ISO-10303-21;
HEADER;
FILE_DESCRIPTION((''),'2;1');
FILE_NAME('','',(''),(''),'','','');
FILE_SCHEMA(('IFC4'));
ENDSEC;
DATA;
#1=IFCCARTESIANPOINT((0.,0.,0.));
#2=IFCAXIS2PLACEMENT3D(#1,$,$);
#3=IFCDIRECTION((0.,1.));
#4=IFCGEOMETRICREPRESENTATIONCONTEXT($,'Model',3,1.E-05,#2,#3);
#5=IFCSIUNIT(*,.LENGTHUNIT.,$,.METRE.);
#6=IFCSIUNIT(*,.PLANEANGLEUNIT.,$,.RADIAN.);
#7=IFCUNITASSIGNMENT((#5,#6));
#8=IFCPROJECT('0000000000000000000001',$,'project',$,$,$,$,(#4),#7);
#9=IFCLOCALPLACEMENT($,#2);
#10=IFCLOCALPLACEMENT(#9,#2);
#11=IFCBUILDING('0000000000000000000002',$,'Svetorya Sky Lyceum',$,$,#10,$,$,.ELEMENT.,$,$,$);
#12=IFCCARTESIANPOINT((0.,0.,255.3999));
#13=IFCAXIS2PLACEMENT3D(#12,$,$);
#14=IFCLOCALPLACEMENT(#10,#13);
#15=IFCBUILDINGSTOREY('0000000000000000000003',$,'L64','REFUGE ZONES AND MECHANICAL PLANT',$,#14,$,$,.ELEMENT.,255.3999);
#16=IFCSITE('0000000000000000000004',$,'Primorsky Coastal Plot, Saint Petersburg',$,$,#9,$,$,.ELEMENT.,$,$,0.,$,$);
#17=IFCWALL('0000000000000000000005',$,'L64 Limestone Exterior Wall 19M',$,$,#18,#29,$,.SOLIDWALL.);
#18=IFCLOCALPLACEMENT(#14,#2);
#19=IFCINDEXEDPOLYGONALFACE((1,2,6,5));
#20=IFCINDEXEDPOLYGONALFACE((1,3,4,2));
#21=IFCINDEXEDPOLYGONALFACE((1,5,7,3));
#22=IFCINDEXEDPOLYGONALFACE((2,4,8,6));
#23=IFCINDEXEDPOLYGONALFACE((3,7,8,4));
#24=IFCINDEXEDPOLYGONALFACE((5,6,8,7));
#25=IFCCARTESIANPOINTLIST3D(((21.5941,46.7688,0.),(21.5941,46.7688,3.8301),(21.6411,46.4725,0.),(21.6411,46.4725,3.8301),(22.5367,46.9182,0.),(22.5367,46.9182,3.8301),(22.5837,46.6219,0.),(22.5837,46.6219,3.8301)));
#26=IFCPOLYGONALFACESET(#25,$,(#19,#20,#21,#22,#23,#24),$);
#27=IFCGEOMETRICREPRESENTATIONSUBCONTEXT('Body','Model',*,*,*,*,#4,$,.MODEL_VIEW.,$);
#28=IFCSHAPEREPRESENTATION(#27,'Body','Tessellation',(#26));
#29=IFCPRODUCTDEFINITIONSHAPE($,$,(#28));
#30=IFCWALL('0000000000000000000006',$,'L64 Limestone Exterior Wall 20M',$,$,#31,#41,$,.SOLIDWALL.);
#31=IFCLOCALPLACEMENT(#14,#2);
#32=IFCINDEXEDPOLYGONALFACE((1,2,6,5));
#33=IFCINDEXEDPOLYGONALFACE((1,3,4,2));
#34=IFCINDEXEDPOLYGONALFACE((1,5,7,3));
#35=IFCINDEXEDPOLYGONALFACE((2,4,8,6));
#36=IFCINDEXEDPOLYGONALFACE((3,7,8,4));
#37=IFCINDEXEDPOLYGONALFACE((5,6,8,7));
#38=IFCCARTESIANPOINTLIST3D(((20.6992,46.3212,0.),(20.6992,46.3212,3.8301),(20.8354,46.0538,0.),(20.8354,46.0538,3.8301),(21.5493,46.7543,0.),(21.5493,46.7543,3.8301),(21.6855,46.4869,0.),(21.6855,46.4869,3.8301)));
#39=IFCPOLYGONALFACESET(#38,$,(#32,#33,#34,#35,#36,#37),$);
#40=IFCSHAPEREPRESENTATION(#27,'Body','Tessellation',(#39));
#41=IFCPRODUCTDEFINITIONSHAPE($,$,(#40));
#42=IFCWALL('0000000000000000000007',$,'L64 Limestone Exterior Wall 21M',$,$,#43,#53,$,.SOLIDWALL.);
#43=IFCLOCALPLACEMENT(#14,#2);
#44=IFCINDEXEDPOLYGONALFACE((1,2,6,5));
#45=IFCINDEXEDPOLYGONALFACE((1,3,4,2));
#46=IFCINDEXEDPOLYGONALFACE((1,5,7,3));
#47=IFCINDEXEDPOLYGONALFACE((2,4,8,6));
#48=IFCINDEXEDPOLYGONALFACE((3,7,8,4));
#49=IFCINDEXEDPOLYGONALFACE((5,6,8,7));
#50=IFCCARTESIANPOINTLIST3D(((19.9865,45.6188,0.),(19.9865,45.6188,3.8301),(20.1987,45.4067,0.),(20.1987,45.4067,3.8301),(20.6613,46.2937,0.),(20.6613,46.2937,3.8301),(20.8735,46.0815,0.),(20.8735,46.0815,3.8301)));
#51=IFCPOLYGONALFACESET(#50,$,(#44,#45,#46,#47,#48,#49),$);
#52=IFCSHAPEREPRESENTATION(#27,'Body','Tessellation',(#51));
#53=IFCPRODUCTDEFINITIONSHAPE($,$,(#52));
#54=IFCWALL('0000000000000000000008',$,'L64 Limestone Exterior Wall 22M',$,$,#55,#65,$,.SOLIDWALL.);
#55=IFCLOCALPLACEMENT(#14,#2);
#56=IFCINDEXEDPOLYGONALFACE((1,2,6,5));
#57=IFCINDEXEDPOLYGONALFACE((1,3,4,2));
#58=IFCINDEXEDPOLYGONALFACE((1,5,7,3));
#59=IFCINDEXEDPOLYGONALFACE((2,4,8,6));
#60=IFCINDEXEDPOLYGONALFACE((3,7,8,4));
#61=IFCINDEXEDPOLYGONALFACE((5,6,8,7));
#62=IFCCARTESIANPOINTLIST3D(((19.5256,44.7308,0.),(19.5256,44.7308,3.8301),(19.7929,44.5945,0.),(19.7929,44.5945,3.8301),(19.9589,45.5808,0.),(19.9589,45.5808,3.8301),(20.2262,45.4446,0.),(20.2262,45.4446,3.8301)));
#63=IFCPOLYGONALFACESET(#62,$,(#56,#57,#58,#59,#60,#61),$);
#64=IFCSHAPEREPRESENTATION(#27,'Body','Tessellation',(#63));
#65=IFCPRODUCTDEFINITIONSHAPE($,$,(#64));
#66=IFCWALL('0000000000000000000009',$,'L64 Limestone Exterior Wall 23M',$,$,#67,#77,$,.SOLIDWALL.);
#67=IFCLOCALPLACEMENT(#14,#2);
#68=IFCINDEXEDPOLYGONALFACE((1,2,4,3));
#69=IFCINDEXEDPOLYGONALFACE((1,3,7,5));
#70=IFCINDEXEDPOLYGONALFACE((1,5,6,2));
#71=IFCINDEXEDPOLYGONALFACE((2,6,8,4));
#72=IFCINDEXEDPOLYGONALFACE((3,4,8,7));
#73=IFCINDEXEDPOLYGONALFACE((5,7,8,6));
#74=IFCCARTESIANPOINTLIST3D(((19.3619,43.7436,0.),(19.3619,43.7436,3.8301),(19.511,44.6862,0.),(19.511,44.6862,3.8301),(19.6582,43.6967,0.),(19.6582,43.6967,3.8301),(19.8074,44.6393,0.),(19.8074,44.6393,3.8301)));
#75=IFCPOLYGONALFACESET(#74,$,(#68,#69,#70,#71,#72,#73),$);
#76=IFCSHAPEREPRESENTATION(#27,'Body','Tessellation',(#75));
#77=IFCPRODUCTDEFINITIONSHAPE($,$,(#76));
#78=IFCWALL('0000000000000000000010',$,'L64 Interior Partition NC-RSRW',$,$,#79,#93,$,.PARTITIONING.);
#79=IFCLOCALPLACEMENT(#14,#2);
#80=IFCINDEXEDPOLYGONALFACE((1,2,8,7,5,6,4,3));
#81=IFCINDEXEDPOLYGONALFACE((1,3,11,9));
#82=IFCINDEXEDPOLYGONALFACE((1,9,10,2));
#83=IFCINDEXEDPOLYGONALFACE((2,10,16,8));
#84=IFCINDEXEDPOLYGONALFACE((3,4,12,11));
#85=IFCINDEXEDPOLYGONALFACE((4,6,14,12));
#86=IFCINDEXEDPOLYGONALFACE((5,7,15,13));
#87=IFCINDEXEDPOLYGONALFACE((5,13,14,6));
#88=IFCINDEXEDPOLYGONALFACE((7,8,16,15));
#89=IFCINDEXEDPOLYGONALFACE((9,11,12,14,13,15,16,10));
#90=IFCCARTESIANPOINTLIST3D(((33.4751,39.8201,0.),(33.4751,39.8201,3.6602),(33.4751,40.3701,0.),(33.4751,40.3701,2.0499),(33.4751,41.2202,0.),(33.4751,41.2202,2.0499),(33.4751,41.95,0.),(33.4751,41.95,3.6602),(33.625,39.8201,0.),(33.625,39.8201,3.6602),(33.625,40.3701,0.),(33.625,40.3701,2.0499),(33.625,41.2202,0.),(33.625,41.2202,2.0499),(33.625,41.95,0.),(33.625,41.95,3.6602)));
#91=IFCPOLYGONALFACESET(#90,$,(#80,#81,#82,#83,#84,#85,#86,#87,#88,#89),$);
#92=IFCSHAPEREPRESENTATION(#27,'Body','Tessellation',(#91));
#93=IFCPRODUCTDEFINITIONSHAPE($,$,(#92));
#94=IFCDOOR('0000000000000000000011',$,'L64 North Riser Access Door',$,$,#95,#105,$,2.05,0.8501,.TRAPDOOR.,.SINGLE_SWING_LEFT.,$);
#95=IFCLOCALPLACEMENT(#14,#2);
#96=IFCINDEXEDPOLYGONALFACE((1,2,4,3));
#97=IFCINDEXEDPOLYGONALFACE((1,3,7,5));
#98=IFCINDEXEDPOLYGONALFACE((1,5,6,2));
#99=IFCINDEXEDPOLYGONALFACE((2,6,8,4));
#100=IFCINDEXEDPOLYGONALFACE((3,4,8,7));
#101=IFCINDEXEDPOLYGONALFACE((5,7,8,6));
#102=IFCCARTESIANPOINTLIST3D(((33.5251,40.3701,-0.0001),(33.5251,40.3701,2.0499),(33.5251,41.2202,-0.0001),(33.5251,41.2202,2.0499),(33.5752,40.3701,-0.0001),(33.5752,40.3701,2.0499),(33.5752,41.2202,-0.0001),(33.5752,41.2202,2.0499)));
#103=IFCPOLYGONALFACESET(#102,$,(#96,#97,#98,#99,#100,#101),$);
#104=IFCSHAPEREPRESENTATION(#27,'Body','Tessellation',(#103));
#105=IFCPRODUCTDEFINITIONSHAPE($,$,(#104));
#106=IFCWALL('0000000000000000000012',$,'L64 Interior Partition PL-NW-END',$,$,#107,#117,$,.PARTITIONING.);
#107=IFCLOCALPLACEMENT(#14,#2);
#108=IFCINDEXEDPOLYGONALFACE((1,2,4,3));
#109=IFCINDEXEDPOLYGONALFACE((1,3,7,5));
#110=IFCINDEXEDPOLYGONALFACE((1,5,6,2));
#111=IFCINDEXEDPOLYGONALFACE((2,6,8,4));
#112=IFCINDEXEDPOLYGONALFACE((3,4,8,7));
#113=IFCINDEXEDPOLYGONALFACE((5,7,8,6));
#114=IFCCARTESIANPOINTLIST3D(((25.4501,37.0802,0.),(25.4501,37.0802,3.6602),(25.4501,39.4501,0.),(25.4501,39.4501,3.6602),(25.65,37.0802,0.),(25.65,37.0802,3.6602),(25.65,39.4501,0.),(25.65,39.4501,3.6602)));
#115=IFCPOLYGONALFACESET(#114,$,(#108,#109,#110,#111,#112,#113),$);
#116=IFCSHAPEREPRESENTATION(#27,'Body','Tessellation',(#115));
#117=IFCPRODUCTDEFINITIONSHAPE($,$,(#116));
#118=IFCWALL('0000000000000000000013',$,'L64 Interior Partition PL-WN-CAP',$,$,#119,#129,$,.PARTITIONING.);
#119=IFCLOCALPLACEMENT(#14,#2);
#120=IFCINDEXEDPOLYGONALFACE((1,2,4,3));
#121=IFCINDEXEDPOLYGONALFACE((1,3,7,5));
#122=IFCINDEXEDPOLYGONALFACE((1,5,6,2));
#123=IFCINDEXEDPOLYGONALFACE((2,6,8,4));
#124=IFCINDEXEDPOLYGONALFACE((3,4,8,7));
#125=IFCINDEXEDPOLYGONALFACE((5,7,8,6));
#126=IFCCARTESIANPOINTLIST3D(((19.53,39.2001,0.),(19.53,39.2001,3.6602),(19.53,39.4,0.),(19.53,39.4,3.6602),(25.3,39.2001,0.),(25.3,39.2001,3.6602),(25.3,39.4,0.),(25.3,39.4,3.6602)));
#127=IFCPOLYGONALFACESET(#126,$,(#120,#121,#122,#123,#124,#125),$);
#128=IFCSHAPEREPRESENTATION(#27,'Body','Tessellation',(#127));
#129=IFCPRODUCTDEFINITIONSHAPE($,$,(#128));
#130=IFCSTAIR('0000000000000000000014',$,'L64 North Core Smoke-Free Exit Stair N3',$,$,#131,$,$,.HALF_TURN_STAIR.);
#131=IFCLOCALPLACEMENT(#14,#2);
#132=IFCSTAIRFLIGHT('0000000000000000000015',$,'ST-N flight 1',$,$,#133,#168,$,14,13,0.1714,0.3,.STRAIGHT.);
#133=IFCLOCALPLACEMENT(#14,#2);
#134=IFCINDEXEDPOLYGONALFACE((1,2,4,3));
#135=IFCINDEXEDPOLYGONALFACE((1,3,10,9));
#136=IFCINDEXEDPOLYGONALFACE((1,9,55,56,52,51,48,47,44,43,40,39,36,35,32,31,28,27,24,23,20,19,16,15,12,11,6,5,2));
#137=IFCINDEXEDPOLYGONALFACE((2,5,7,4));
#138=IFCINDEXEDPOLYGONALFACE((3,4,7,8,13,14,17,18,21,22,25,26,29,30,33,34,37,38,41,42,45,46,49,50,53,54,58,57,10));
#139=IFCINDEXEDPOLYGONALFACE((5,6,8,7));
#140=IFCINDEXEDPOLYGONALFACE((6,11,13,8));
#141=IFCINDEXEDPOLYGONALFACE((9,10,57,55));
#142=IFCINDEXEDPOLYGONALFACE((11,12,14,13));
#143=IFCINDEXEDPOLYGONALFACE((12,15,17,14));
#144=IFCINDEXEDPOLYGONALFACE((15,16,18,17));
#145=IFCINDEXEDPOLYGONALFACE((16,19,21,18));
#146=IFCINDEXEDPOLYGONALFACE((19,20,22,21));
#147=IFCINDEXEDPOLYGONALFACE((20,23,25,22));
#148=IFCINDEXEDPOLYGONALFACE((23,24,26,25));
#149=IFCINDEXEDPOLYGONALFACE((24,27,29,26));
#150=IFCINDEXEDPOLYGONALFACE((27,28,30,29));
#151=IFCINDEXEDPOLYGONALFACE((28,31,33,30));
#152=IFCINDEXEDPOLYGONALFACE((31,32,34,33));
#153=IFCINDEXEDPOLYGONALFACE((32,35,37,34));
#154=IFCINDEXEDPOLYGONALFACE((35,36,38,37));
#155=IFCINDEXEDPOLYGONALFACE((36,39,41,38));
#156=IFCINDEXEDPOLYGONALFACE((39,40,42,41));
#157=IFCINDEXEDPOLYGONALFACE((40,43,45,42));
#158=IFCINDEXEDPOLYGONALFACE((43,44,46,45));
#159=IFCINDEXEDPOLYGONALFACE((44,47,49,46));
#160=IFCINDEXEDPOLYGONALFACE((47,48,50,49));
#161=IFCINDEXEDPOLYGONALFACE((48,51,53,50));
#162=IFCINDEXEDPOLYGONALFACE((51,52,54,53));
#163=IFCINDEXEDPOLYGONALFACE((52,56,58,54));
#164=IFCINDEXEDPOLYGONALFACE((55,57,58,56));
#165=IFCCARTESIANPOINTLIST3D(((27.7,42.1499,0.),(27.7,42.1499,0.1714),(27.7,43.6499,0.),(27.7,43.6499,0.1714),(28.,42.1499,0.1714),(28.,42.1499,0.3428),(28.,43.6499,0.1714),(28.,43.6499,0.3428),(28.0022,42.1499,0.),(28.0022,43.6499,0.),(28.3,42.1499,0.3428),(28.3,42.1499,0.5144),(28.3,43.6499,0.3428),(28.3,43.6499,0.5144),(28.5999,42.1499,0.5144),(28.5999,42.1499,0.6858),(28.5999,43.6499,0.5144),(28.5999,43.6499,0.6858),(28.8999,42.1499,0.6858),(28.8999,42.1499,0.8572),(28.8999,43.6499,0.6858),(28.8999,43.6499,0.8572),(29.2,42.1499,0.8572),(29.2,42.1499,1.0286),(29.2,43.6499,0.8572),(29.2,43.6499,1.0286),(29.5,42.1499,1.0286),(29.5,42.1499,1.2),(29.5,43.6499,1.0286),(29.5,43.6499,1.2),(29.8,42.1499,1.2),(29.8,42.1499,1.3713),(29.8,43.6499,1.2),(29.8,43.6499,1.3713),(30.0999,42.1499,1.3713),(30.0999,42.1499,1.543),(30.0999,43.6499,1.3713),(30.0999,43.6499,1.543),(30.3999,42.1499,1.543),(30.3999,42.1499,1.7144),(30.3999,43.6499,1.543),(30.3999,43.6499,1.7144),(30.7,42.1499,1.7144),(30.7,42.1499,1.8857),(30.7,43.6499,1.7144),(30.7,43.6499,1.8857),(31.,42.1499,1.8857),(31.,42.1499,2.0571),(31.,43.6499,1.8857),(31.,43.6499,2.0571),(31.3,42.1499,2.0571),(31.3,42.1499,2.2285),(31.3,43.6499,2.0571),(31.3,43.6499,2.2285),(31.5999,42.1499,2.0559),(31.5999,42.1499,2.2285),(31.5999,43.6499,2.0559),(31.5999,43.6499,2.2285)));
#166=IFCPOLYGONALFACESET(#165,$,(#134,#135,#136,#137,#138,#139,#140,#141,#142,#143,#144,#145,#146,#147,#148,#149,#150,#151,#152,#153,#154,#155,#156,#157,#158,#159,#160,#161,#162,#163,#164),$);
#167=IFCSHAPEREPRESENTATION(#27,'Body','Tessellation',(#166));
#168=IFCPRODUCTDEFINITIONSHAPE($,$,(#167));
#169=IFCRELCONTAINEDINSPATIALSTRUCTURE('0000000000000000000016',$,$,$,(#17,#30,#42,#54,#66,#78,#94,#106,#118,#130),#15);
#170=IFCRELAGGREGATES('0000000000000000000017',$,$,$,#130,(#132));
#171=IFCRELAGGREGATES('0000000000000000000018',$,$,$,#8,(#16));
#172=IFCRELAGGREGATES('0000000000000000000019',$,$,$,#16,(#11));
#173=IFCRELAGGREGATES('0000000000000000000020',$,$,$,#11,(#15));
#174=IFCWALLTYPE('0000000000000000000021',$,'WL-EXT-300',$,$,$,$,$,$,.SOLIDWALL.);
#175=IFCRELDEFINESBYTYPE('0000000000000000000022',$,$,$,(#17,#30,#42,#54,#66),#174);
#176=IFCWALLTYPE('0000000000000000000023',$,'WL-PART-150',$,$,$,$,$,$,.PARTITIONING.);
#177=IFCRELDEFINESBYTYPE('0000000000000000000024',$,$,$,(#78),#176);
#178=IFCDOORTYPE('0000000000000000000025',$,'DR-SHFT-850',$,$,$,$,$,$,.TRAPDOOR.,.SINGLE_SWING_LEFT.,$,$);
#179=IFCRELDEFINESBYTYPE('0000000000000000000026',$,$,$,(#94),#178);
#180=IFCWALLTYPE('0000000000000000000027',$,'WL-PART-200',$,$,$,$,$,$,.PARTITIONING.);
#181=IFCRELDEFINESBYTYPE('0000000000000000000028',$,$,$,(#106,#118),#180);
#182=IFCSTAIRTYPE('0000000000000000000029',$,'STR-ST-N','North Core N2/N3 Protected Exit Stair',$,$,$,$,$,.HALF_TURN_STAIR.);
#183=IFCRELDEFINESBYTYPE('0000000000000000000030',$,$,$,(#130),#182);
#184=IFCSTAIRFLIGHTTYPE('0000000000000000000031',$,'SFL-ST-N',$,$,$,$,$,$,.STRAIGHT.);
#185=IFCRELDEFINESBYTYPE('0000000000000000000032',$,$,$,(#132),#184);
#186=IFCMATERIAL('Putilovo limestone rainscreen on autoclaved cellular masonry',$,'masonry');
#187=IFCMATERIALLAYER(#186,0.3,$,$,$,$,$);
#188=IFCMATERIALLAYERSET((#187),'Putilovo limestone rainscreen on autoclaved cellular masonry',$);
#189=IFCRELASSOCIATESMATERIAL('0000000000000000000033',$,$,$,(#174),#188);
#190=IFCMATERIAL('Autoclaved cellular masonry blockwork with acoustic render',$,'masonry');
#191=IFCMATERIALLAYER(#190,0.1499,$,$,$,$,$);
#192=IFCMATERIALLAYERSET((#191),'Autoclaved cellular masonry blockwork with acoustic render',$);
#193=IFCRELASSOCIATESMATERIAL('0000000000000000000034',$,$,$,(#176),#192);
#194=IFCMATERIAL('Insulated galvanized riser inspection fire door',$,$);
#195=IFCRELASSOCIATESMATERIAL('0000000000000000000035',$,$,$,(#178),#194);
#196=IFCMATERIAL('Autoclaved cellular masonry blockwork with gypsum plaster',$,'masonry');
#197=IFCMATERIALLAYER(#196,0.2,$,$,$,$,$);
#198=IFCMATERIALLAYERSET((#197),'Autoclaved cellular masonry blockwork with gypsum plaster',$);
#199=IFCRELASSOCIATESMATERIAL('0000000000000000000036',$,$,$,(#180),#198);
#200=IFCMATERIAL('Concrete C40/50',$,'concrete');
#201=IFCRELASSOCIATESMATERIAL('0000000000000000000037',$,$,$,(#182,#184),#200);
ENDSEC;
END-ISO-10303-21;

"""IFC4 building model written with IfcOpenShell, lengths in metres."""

from ifc_helpers import new_model, si_unit, direction, frame, frame_2d, origin, place, context, subcontext, project, spatial, polyline, rectangle, outline, extrude, material, layer, layer_set, type_object, element, fill, aggregate, save


model = new_model("IFC4")

# Units and contexts
model_context = context("Model", 3, precision=1e-05, world=origin(), true_north=direction((0.0, 1.0)))
body_context = subcontext(model_context, "Body", "Model", "MODEL_VIEW")
ifc_project = project(units=[si_unit("LENGTHUNIT", "METRE"), si_unit("PLANEANGLEUNIT", "RADIAN")], contexts=[model_context])

# Site, building, storey
site_placement = place(None, origin())
site = spatial("IfcSite", under=ifc_project, at=site_placement, Name="Primorsky Coastal Plot, Saint Petersburg", CompositionType="ELEMENT", RefElevation=0.0)
building_placement = place(site_placement, origin())
building = spatial("IfcBuilding", under=site, at=building_placement, Name="Svetorya Sky Lyceum", CompositionType="ELEMENT")
storey_placement = place(building_placement, frame((0.0, 0.0, 255.3999)))
storey = spatial("IfcBuildingStorey", under=building, at=storey_placement, Name="L64", Description="REFUGE ZONES AND MECHANICAL PLANT", CompositionType="ELEMENT", Elevation=255.3999)

# Shared definitions
ifc_material_1 = material(Name="Concrete C40/50", Category="concrete")

# Walls
ifc_material_2 = material(Name="Putilovo limestone rainscreen on autoclaved cellular masonry", Category="masonry")
ifc_layer_1 = layer(ifc_material_2, 0.3)
ifc_layer_set_1 = layer_set([ifc_layer_1], Name="Putilovo limestone rainscreen on autoclaved cellular masonry")
wall_type_1 = type_object("IfcWallType", Name="WL-EXT-300", PredefinedType="SOLIDWALL", material=ifc_layer_set_1)
wall_1_placement = place(storey_placement, frame((22.5601, 46.77, 0.0), z_axis=(0.0, 0.0, 1.0), x_axis=(-0.987669, -0.156554, 0.0)))
element("IfcWall", 1, at=wall_1_placement, inside=storey, type_object=wall_type_1, Name="L64 Limestone Exterior Wall 19M", PredefinedType="SOLIDWALL", context=body_context, shape_type="SweptSolid", body=[
    extrude(rectangle(XDim=0.9543, YDim=0.3, at=frame_2d((0.4771, 0.0))), origin(), (0.0, 0.0, 1.0), 3.8301),
])
wall_2_placement = place(storey_placement, frame((21.6174, 46.6206, 0.0), z_axis=(0.0, 0.0, 1.0), x_axis=(-0.891024, -0.453956, 0.0)))
element("IfcWall", 2, at=wall_2_placement, inside=storey, type_object=wall_type_1, Name="L64 Limestone Exterior Wall 20M", PredefinedType="SOLIDWALL", context=body_context, shape_type="SweptSolid", body=[
    extrude(rectangle(XDim=0.9541, YDim=0.3, at=frame_2d((0.4771, 0.0))), origin(), (0.0, 0.0, 1.0), 3.8301),
])
wall_3_placement = place(storey_placement, frame((20.7673, 46.1875, 0.0), z_axis=(0.0, 0.0, 1.0), x_axis=(-0.707107, -0.707107, 0.0)))
element("IfcWall", 3, at=wall_3_placement, inside=storey, type_object=wall_type_1, Name="L64 Limestone Exterior Wall 21M", PredefinedType="SOLIDWALL", context=body_context, shape_type="SweptSolid", body=[
    extrude(rectangle(XDim=0.9543, YDim=0.3, at=frame_2d((0.4771, 0.0))), origin(), (0.0, 0.0, 1.0), 3.8301),
])
wall_4_placement = place(storey_placement, frame((20.0925, 45.5127, 0.0), z_axis=(0.0, 0.0, 1.0), x_axis=(-0.45416, -0.89092, 0.0)))
element("IfcWall", 4, at=wall_4_placement, inside=storey, type_object=wall_type_1, Name="L64 Limestone Exterior Wall 22M", PredefinedType="SOLIDWALL", context=body_context, shape_type="SweptSolid", body=[
    extrude(rectangle(XDim=0.9541, YDim=0.3, at=frame_2d((0.4771, 0.0))), origin(), (0.0, 0.0, 1.0), 3.8301),
])
wall_5_placement = place(storey_placement, frame((19.6592, 44.6626, 0.0), z_axis=(0.0, 0.0, 1.0), x_axis=(-0.156304, -0.987709, 0.0)))
element("IfcWall", 5, at=wall_5_placement, inside=storey, type_object=wall_type_1, Name="L64 Limestone Exterior Wall 23M", PredefinedType="SOLIDWALL", context=body_context, shape_type="SweptSolid", body=[
    extrude(rectangle(XDim=0.9543, YDim=0.3, at=frame_2d((0.4771, 0.0))), origin(), (0.0, 0.0, 1.0), 3.8301),
])

# Wall, opening, door
ifc_material_3 = material(Name="Autoclaved cellular masonry blockwork with acoustic render", Category="masonry")
ifc_layer_2 = layer(ifc_material_3, 0.1499)
ifc_layer_set_2 = layer_set([ifc_layer_2], Name="Autoclaved cellular masonry blockwork with acoustic render")
wall_type_2 = type_object("IfcWallType", Name="WL-PART-150", PredefinedType="PARTITIONING", material=ifc_layer_set_2)
wall_6_placement = place(storey_placement, frame((33.55, 39.8201, 0.0), z_axis=(0.0, 0.0, 1.0), x_axis=(0.0, 1.0, 0.0)))
wall_6 = element("IfcWall", 6, at=wall_6_placement, inside=storey, type_object=wall_type_2, Name="L64 Interior Partition NC-RSRW", PredefinedType="PARTITIONING", context=body_context, shape_type="SweptSolid", body=[
    extrude(rectangle(XDim=2.1299, YDim=0.1499, at=frame_2d((1.0649, 0.0))), origin(), (0.0, 0.0, 1.0), 3.6602),
])
opening_placement = place(wall_6_placement, frame((0.55, 0.0, 0.0)))
opening = element("IfcOpeningElement", 7, at=opening_placement, cuts=wall_6, PredefinedType="OPENING", context=body_context, shape_type="SweptSolid", body=[
    extrude(rectangle(XDim=0.8501, YDim=2.05, at=frame_2d((0.425, 1.0249))), frame((0.0, 0.085, 0.0), z_axis=(0.0, -1.0, 0.0), x_axis=(1.0, 0.0, 0.0)), (0.0, 0.0, 1.0), 0.1699),
])
ifc_material_4 = material(Name="Insulated galvanized riser inspection fire door")
door_type = type_object("IfcDoorType", Name="DR-SHFT-850", OperationType="SINGLE_SWING_LEFT", PredefinedType="TRAPDOOR", material=ifc_material_4)
door_placement = place(opening_placement, origin())
door = element("IfcDoor", 8, at=door_placement, inside=storey, type_object=door_type, Name="L64 North Riser Access Door", OperationType="SINGLE_SWING_LEFT", OverallHeight=2.05, OverallWidth=0.8501, PredefinedType="TRAPDOOR", context=body_context, shape_type="SweptSolid", body=[
    extrude(rectangle(XDim=0.8501, YDim=2.05, at=frame_2d((0.425, 1.0249))), frame((0.0, 0.0249, 0.0), z_axis=(0.0, -1.0, 0.0), x_axis=(1.0, 0.0, 0.0)), (0.0, 0.0, 1.0), 0.05),
])
fill(opening, door)

# Walls
ifc_material_5 = material(Name="Autoclaved cellular masonry blockwork with gypsum plaster", Category="masonry")
ifc_layer_3 = layer(ifc_material_5, 0.2)
ifc_layer_set_3 = layer_set([ifc_layer_3], Name="Autoclaved cellular masonry blockwork with gypsum plaster")
wall_type_3 = type_object("IfcWallType", Name="WL-PART-200", PredefinedType="PARTITIONING", material=ifc_layer_set_3)
wall_7_placement = place(storey_placement, frame((25.55, 37.0801, 0.0), z_axis=(0.0, 0.0, 1.0), x_axis=(0.0, 1.0, 0.0)))
element("IfcWall", 9, at=wall_7_placement, inside=storey, type_object=wall_type_3, Name="L64 Interior Partition PL-NW-END", PredefinedType="PARTITIONING", context=body_context, shape_type="SweptSolid", body=[
    extrude(rectangle(XDim=2.3699, YDim=0.2, at=frame_2d((1.1851, 0.0))), origin(), (0.0, 0.0, 1.0), 3.6602),
])
wall_8_placement = place(storey_placement, frame((19.53, 39.3, 0.0), z_axis=(0.0, 0.0, 1.0), x_axis=(1.0, 0.0, 0.0)))
element("IfcWall", 10, at=wall_8_placement, inside=storey, type_object=wall_type_3, Name="L64 Interior Partition PL-WN-CAP", PredefinedType="PARTITIONING", context=body_context, shape_type="SweptSolid", body=[
    extrude(rectangle(XDim=5.77, YDim=0.2, at=frame_2d((2.885, 0.0))), origin(), (0.0, 0.0, 1.0), 3.6602),
])

# Stair, stair flight
stair_type = type_object("IfcStairType", Name="STR-ST-N", Description="North Core N2/N3 Protected Exit Stair", PredefinedType="HALF_TURN_STAIR", material=ifc_material_1)
stair_placement = place(storey_placement, origin())
stair = element("IfcStair", 11, at=stair_placement, inside=storey, type_object=stair_type, Name="L64 North Core Smoke-Free Exit Stair N3", PredefinedType="HALF_TURN_STAIR")
stair_flight_type = type_object("IfcStairFlightType", Name="SFL-ST-N", PredefinedType="STRAIGHT", material=ifc_material_1)
stair_flight_1_placement = place(storey_placement, frame((27.7, 42.8999, 0.0), z_axis=(0.0, 0.0, 1.0), x_axis=(1.0, 0.0, 0.0)))
stair_flight_1 = element("IfcStairFlight", 12, at=stair_flight_1_placement, type_object=stair_flight_type, Name="ST-N flight 1", NumberOfRisers=14, NumberOfTreads=13, PredefinedType="STRAIGHT", RiserHeight=0.1714, TreadLength=0.3, context=body_context, shape_type="SweptSolid", body=[
    extrude(outline(polyline([(0.0, 0.0), (0.0, 0.1714), (0.3, 0.1714), (0.3, 0.3428), (0.6001, 0.3428), (0.6001, 0.5144), (0.8999, 0.5144), (0.8999, 0.6858), (1.2, 0.6858), (1.2, 0.8572), (1.5, 0.8572), (1.5, 1.0286), (1.8, 1.0286), (1.8, 1.2), (2.1001, 1.2), (2.1001, 1.3713), (2.3999, 1.3713), (2.3999, 1.543), (2.7, 1.543), (2.7, 1.7144), (3.0, 1.7144), (3.0, 1.8857), (3.3, 1.8857), (3.3, 2.0571), (3.6001, 2.0571), (3.6001, 2.2285), (3.8999, 2.2285), (3.8999, 2.3999), (3.8999, 2.0559), (0.3022, 0.0), (0.0, 0.0)])), frame((0.0, 0.75, 0.0), z_axis=(0.0, -1.0, 0.0), x_axis=(1.0, 0.0, 0.0)), (0.0, 0.0, 1.0), 1.5),
])
aggregate(stair, [stair_flight_1])

save(model, "model.ifc")
